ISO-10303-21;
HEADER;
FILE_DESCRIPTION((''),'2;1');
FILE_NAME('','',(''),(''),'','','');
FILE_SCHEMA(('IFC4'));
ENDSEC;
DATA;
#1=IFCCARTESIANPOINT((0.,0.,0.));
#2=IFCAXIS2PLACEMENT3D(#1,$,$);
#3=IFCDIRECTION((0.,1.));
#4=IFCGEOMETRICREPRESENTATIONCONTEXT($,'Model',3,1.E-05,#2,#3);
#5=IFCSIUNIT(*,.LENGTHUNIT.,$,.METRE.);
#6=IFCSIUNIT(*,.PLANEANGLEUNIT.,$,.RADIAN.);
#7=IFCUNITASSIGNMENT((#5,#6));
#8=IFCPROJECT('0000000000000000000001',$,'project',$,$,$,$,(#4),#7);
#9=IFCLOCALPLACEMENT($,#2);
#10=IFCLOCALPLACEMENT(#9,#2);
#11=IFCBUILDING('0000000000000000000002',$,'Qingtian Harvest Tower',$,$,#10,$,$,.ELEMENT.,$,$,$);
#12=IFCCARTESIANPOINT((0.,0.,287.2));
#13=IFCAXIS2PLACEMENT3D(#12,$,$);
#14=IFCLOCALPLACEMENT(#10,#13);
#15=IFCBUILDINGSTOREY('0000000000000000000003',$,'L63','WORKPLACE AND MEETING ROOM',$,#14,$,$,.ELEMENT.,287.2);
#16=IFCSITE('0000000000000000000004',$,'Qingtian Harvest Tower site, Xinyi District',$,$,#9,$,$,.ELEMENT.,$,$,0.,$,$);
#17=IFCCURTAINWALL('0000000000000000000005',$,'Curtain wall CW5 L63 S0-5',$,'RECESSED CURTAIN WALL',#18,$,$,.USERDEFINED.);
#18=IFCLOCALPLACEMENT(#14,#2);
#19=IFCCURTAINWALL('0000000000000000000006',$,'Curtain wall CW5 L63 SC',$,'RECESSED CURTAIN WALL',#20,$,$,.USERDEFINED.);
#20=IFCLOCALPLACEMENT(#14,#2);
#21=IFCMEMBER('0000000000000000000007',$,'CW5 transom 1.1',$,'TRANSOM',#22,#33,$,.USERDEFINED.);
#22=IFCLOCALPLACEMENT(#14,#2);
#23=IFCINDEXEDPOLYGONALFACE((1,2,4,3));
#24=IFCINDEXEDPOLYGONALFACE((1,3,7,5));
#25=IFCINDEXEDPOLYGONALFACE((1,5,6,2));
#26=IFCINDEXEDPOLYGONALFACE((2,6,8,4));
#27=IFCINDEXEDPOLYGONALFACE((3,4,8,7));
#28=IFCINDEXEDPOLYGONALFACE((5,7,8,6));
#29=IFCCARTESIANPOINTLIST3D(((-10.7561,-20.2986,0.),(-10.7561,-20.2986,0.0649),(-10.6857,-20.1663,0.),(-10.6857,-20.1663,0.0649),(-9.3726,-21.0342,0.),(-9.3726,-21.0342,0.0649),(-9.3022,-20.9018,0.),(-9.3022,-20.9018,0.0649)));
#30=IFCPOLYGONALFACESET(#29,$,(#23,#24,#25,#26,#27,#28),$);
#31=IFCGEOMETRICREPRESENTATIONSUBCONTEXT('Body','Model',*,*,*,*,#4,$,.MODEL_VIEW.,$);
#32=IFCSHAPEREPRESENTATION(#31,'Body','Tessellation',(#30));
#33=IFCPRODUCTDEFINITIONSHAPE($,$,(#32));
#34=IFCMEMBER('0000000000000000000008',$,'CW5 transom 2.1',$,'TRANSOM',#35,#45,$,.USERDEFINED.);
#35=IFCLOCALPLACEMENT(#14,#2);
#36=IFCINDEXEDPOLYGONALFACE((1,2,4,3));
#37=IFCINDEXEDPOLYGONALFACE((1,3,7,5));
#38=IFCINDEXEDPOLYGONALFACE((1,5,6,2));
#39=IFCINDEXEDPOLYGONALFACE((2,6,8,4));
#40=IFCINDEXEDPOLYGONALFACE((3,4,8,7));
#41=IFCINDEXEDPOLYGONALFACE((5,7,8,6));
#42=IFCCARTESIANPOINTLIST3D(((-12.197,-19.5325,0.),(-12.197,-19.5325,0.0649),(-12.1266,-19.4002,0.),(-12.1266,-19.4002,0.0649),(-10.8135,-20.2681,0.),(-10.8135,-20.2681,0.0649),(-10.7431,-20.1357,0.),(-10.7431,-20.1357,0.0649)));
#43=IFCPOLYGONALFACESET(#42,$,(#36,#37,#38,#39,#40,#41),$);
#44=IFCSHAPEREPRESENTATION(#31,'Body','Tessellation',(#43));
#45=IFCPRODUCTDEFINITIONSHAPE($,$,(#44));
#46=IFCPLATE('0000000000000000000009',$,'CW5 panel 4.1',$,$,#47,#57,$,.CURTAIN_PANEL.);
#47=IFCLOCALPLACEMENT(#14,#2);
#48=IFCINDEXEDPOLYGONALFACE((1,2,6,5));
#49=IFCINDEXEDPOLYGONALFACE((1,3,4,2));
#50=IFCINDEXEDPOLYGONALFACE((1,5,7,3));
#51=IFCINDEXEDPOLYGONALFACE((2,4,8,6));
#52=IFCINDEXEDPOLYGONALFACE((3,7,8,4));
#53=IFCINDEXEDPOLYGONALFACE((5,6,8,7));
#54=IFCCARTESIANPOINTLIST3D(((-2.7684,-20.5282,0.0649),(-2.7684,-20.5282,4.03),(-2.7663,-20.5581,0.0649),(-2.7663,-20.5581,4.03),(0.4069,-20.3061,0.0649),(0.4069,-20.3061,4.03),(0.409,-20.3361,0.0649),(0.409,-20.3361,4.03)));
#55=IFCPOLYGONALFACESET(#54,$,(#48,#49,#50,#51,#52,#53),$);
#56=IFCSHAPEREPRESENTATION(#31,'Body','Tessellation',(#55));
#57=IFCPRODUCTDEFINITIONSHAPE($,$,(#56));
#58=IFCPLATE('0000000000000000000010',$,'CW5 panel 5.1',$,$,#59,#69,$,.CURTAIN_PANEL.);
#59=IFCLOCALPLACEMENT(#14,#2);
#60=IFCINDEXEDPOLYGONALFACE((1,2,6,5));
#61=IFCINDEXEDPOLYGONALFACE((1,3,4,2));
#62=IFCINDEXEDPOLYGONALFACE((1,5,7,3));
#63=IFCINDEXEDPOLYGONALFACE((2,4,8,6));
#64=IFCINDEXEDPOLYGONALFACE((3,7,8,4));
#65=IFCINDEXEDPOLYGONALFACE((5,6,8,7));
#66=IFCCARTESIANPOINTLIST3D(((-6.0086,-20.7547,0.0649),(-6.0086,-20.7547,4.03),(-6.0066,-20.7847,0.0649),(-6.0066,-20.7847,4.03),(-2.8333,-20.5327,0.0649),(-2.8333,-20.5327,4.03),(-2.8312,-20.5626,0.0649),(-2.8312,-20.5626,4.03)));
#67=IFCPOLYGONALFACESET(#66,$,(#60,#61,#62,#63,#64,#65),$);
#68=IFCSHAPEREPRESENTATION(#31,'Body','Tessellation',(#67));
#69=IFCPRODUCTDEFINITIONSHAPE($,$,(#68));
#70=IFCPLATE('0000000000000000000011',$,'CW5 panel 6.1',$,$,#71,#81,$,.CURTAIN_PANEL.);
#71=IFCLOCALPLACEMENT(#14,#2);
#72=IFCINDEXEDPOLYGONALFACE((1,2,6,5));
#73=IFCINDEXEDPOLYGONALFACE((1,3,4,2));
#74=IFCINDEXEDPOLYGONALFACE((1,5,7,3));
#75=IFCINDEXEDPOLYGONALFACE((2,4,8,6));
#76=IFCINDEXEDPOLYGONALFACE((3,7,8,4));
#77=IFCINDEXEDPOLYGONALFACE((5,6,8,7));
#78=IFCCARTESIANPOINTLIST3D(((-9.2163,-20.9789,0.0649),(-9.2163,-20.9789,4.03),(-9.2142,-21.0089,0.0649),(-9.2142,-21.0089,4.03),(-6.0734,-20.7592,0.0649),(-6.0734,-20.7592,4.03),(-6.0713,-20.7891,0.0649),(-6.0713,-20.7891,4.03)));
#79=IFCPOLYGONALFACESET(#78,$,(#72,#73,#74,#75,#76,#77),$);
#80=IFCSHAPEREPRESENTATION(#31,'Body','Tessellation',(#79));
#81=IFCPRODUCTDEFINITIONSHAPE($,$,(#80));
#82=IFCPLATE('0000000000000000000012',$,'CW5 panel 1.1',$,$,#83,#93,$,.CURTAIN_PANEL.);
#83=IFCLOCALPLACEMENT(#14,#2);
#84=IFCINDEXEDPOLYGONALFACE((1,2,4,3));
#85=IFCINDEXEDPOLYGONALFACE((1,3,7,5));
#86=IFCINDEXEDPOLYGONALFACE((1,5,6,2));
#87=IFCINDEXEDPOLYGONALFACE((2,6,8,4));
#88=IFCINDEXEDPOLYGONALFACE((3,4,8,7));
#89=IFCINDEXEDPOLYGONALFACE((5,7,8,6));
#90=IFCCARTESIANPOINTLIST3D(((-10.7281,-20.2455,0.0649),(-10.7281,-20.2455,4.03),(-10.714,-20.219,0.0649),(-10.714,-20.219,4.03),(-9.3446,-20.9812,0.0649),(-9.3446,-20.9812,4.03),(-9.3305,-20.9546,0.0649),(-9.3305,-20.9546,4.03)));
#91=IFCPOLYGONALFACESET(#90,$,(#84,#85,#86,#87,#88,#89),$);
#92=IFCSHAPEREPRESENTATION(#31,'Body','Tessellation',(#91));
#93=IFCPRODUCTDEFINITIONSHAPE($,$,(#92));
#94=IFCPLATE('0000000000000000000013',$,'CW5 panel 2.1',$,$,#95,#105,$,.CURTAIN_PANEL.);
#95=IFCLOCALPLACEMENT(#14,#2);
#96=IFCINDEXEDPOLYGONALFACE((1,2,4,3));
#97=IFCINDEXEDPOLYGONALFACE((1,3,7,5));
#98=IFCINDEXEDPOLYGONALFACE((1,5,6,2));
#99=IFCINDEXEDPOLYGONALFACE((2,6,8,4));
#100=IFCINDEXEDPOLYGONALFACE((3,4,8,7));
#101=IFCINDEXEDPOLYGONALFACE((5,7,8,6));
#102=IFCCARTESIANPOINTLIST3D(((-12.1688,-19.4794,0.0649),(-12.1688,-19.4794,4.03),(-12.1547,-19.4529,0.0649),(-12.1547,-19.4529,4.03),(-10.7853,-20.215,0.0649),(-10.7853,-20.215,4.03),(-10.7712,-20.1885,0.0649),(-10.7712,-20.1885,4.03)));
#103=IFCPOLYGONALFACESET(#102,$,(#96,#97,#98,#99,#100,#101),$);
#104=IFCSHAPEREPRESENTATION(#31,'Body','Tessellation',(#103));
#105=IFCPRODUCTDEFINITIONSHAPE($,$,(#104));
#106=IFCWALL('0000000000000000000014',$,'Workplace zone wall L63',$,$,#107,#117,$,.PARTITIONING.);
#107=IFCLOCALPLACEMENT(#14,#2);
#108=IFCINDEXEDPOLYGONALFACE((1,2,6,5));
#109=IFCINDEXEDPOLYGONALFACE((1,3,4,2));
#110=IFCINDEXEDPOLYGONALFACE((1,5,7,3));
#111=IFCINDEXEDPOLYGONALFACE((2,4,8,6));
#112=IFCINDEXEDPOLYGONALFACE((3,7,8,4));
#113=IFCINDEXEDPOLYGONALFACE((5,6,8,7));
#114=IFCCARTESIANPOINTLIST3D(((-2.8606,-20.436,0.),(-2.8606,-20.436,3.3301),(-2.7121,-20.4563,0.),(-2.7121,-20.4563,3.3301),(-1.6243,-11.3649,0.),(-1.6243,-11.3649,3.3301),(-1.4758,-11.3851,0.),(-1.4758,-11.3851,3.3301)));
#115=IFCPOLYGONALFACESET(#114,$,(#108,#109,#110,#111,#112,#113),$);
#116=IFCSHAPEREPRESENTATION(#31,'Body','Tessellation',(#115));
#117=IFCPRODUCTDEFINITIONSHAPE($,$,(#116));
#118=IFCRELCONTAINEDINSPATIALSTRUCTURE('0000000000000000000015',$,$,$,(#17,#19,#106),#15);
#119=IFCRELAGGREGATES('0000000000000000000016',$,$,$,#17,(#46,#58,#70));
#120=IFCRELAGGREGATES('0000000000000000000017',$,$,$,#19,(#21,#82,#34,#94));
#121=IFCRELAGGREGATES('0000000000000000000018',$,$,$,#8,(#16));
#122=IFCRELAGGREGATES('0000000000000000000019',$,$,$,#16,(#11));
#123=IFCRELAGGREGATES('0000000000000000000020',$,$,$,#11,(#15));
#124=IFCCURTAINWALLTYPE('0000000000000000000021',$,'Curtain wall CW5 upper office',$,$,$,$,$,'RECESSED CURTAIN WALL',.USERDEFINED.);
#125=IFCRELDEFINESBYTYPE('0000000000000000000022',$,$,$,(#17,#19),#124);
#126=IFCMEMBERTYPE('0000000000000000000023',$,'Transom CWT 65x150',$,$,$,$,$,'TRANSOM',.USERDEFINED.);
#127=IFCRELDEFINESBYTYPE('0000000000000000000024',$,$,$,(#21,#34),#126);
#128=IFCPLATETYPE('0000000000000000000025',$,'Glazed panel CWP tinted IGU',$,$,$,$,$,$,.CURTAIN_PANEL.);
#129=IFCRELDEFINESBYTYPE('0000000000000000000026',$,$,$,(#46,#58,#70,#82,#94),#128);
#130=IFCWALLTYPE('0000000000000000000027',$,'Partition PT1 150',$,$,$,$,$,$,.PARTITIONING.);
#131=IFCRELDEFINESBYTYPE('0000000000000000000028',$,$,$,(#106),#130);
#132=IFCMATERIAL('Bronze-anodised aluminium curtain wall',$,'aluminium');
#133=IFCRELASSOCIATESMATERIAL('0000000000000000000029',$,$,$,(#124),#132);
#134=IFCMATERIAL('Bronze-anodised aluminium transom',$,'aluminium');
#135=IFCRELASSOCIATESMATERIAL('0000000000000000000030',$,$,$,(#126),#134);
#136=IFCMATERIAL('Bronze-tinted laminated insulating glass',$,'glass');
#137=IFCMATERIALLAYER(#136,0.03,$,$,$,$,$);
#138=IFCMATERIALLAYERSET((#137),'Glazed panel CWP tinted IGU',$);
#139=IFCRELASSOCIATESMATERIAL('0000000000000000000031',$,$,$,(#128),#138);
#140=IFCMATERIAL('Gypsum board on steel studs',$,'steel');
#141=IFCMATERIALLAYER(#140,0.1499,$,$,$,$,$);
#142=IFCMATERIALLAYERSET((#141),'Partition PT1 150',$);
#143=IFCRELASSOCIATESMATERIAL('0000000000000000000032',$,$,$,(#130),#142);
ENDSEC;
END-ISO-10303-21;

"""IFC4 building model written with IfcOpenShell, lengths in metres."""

from ifc_helpers import new_model, si_unit, direction, frame, frame_2d, origin, origin_2d, place, context, subcontext, project, spatial, rectangle, extrude, material, layer, layer_set, material_profile, profile_set, type_object, element, aggregate, save


model = new_model("IFC4")

# Units and contexts
model_context = context("Model", 3, precision=1e-05, world=origin(), true_north=direction((0.0, 1.0)))
body_context = subcontext(model_context, "Body", "Model", "MODEL_VIEW")
ifc_project = project(units=[si_unit("LENGTHUNIT", "METRE"), si_unit("PLANEANGLEUNIT", "RADIAN")], contexts=[model_context])

# Site, building, storey
site_placement = place(None, origin())
site = spatial("IfcSite", under=ifc_project, at=site_placement, Name="Qingtian Harvest Tower site, Xinyi District", CompositionType="ELEMENT", RefElevation=0.0)
building_placement = place(site_placement, origin())
building = spatial("IfcBuilding", under=site, at=building_placement, Name="Qingtian Harvest Tower", CompositionType="ELEMENT")
storey_placement = place(building_placement, frame((0.0, 0.0, 287.2)))
storey = spatial("IfcBuildingStorey", under=building, at=storey_placement, Name="L63", Description="WORKPLACE AND MEETING ROOM", CompositionType="ELEMENT", Elevation=287.2)

# Curtain walls
ifc_material_1 = material(Name="Bronze-anodised aluminium curtain wall", Category="aluminium")
curtain_wall_type = type_object("IfcCurtainWallType", Name="Curtain wall CW5 upper office", ElementType="RECESSED CURTAIN WALL", PredefinedType="USERDEFINED", material=ifc_material_1)
curtain_wall_1_placement = place(storey_placement, origin())
curtain_wall_1 = element("IfcCurtainWall", 1, at=curtain_wall_1_placement, inside=storey, type_object=curtain_wall_type, Name="Curtain wall CW5 L63 S0-5", ObjectType="RECESSED CURTAIN WALL", PredefinedType="USERDEFINED")
curtain_wall_2_placement = place(storey_placement, origin())
curtain_wall_2 = element("IfcCurtainWall", 2, at=curtain_wall_2_placement, inside=storey, type_object=curtain_wall_type, Name="Curtain wall CW5 L63 SC", ObjectType="RECESSED CURTAIN WALL", PredefinedType="USERDEFINED")

# Members
ifc_material_2 = material(Name="Bronze-anodised aluminium transom", Category="aluminium")
ifc_material_profile_1 = material_profile(ifc_material_2, rectangle(XDim=0.1499, YDim=0.0649, at=origin_2d()), Name="AL 65x150")
ifc_profile_set_1 = profile_set([ifc_material_profile_1], Name="Bronze-anodised aluminium transom")
member_type_1 = type_object("IfcMemberType", Name="Transom CWT 65x150", ElementType="TRANSOM", PredefinedType="USERDEFINED", material=ifc_profile_set_1)
member_1_placement = place(storey_placement, frame((-9.3374, -20.968, 0.0325), z_axis=(-0.88296, 0.469448, 0.0), x_axis=(-0.469448, -0.88296, 0.0)))
member_1 = element("IfcMember", 3, at=member_1_placement, type_object=member_type_1, Name="CW5 transom 1.1", ObjectType="TRANSOM", PredefinedType="USERDEFINED", context=body_context, shape_type="SweptSolid", body=[
    extrude(rectangle(XDim=0.1499, YDim=0.0649, at=origin_2d()), origin(), (0.0, 0.0, 1.0), 1.5669),
])
member_2_placement = place(storey_placement, frame((-10.7783, -20.2019, 0.0325), z_axis=(-0.88296, 0.469448, 0.0), x_axis=(-0.469448, -0.88296, 0.0)))
member_2 = element("IfcMember", 4, at=member_2_placement, type_object=member_type_1, Name="CW5 transom 2.1", ObjectType="TRANSOM", PredefinedType="USERDEFINED", context=body_context, shape_type="SweptSolid", body=[
    extrude(rectangle(XDim=0.1499, YDim=0.0649, at=origin_2d()), origin(), (0.0, 0.0, 1.0), 1.5669),
])

# Plates
ifc_material_3 = material(Name="Bronze-tinted laminated insulating glass", Category="glass")
ifc_layer_1 = layer(ifc_material_3, 0.03)
ifc_layer_set_1 = layer_set([ifc_layer_1], Name="Glazed panel CWP tinted IGU")
plate_type = type_object("IfcPlateType", Name="Glazed panel CWP tinted IGU", PredefinedType="CURTAIN_PANEL", material=ifc_layer_set_1)
plate_1_placement = place(storey_placement, frame((-1.1797, -20.4321, 0.0649), z_axis=(0.0, 0.0, 1.0), x_axis=(-0.997564, -0.069756, 0.0)))
plate_1 = element("IfcPlate", 5, at=plate_1_placement, type_object=plate_type, Name="CW5 panel 4.1", PredefinedType="CURTAIN_PANEL", context=body_context, shape_type="SweptSolid", body=[
    extrude(rectangle(XDim=3.1831, YDim=0.03, at=origin_2d()), origin(), (0.0, 0.0, 1.0), 3.9651),
])
plate_2_placement = place(storey_placement, frame((-4.4199, -20.6587, 0.0649), z_axis=(0.0, 0.0, 1.0), x_axis=(-0.997564, -0.069756, 0.0)))
plate_2 = element("IfcPlate", 6, at=plate_2_placement, type_object=plate_type, Name="CW5 panel 5.1", PredefinedType="CURTAIN_PANEL", context=body_context, shape_type="SweptSolid", body=[
    extrude(rectangle(XDim=3.1831, YDim=0.03, at=origin_2d()), origin(), (0.0, 0.0, 1.0), 3.9651),
])
plate_3_placement = place(storey_placement, frame((-7.6438, -20.884, 0.0649), z_axis=(0.0, 0.0, 1.0), x_axis=(-0.997564, -0.069756, 0.0)))
plate_3 = element("IfcPlate", 7, at=plate_3_placement, type_object=plate_type, Name="CW5 panel 6.1", PredefinedType="CURTAIN_PANEL", context=body_context, shape_type="SweptSolid", body=[
    extrude(rectangle(XDim=3.1506, YDim=0.03, at=origin_2d()), origin(), (0.0, 0.0, 1.0), 3.9651),
])
aggregate(curtain_wall_1, [plate_1, plate_2, plate_3])
plate_4_placement = place(storey_placement, frame((-10.0293, -20.6001, 0.0649), z_axis=(0.0, 0.0, 1.0), x_axis=(-0.882948, 0.469472, 0.0)))
plate_4 = element("IfcPlate", 8, at=plate_4_placement, type_object=plate_type, Name="CW5 panel 1.1", PredefinedType="CURTAIN_PANEL", context=body_context, shape_type="SweptSolid", body=[
    extrude(rectangle(XDim=1.5669, YDim=0.03, at=origin_2d()), origin(), (0.0, 0.0, 1.0), 3.9651),
])
plate_5_placement = place(storey_placement, frame((-11.47, -19.834, 0.0649), z_axis=(0.0, 0.0, 1.0), x_axis=(-0.882948, 0.469472, 0.0)))
plate_5 = element("IfcPlate", 9, at=plate_5_placement, type_object=plate_type, Name="CW5 panel 2.1", PredefinedType="CURTAIN_PANEL", context=body_context, shape_type="SweptSolid", body=[
    extrude(rectangle(XDim=1.5669, YDim=0.03, at=origin_2d()), origin(), (0.0, 0.0, 1.0), 3.9651),
])
aggregate(curtain_wall_2, [member_1, plate_4, member_2, plate_5])

# Wall
ifc_material_4 = material(Name="Gypsum board on steel studs", Category="steel")
ifc_layer_2 = layer(ifc_material_4, 0.1499)
ifc_layer_set_2 = layer_set([ifc_layer_2], Name="Partition PT1 150")
wall_type = type_object("IfcWallType", Name="Partition PT1 150", PredefinedType="PARTITIONING", material=ifc_layer_set_2)
wall_placement = place(storey_placement, frame((-2.7864, -20.4463, 0.0), z_axis=(0.0, 0.0, 1.0), x_axis=(0.135042, 0.99084, 0.0)))
element("IfcWall", 10, at=wall_placement, inside=storey, type_object=wall_type, Name="Workplace zone wall L63", PredefinedType="PARTITIONING", context=body_context, shape_type="SweptSolid", body=[
    extrude(rectangle(XDim=9.155, YDim=0.1499, at=frame_2d((4.5776, 0.0))), origin(), (0.0, 0.0, 1.0), 3.3301),
])

save(model, "model.ifc")
